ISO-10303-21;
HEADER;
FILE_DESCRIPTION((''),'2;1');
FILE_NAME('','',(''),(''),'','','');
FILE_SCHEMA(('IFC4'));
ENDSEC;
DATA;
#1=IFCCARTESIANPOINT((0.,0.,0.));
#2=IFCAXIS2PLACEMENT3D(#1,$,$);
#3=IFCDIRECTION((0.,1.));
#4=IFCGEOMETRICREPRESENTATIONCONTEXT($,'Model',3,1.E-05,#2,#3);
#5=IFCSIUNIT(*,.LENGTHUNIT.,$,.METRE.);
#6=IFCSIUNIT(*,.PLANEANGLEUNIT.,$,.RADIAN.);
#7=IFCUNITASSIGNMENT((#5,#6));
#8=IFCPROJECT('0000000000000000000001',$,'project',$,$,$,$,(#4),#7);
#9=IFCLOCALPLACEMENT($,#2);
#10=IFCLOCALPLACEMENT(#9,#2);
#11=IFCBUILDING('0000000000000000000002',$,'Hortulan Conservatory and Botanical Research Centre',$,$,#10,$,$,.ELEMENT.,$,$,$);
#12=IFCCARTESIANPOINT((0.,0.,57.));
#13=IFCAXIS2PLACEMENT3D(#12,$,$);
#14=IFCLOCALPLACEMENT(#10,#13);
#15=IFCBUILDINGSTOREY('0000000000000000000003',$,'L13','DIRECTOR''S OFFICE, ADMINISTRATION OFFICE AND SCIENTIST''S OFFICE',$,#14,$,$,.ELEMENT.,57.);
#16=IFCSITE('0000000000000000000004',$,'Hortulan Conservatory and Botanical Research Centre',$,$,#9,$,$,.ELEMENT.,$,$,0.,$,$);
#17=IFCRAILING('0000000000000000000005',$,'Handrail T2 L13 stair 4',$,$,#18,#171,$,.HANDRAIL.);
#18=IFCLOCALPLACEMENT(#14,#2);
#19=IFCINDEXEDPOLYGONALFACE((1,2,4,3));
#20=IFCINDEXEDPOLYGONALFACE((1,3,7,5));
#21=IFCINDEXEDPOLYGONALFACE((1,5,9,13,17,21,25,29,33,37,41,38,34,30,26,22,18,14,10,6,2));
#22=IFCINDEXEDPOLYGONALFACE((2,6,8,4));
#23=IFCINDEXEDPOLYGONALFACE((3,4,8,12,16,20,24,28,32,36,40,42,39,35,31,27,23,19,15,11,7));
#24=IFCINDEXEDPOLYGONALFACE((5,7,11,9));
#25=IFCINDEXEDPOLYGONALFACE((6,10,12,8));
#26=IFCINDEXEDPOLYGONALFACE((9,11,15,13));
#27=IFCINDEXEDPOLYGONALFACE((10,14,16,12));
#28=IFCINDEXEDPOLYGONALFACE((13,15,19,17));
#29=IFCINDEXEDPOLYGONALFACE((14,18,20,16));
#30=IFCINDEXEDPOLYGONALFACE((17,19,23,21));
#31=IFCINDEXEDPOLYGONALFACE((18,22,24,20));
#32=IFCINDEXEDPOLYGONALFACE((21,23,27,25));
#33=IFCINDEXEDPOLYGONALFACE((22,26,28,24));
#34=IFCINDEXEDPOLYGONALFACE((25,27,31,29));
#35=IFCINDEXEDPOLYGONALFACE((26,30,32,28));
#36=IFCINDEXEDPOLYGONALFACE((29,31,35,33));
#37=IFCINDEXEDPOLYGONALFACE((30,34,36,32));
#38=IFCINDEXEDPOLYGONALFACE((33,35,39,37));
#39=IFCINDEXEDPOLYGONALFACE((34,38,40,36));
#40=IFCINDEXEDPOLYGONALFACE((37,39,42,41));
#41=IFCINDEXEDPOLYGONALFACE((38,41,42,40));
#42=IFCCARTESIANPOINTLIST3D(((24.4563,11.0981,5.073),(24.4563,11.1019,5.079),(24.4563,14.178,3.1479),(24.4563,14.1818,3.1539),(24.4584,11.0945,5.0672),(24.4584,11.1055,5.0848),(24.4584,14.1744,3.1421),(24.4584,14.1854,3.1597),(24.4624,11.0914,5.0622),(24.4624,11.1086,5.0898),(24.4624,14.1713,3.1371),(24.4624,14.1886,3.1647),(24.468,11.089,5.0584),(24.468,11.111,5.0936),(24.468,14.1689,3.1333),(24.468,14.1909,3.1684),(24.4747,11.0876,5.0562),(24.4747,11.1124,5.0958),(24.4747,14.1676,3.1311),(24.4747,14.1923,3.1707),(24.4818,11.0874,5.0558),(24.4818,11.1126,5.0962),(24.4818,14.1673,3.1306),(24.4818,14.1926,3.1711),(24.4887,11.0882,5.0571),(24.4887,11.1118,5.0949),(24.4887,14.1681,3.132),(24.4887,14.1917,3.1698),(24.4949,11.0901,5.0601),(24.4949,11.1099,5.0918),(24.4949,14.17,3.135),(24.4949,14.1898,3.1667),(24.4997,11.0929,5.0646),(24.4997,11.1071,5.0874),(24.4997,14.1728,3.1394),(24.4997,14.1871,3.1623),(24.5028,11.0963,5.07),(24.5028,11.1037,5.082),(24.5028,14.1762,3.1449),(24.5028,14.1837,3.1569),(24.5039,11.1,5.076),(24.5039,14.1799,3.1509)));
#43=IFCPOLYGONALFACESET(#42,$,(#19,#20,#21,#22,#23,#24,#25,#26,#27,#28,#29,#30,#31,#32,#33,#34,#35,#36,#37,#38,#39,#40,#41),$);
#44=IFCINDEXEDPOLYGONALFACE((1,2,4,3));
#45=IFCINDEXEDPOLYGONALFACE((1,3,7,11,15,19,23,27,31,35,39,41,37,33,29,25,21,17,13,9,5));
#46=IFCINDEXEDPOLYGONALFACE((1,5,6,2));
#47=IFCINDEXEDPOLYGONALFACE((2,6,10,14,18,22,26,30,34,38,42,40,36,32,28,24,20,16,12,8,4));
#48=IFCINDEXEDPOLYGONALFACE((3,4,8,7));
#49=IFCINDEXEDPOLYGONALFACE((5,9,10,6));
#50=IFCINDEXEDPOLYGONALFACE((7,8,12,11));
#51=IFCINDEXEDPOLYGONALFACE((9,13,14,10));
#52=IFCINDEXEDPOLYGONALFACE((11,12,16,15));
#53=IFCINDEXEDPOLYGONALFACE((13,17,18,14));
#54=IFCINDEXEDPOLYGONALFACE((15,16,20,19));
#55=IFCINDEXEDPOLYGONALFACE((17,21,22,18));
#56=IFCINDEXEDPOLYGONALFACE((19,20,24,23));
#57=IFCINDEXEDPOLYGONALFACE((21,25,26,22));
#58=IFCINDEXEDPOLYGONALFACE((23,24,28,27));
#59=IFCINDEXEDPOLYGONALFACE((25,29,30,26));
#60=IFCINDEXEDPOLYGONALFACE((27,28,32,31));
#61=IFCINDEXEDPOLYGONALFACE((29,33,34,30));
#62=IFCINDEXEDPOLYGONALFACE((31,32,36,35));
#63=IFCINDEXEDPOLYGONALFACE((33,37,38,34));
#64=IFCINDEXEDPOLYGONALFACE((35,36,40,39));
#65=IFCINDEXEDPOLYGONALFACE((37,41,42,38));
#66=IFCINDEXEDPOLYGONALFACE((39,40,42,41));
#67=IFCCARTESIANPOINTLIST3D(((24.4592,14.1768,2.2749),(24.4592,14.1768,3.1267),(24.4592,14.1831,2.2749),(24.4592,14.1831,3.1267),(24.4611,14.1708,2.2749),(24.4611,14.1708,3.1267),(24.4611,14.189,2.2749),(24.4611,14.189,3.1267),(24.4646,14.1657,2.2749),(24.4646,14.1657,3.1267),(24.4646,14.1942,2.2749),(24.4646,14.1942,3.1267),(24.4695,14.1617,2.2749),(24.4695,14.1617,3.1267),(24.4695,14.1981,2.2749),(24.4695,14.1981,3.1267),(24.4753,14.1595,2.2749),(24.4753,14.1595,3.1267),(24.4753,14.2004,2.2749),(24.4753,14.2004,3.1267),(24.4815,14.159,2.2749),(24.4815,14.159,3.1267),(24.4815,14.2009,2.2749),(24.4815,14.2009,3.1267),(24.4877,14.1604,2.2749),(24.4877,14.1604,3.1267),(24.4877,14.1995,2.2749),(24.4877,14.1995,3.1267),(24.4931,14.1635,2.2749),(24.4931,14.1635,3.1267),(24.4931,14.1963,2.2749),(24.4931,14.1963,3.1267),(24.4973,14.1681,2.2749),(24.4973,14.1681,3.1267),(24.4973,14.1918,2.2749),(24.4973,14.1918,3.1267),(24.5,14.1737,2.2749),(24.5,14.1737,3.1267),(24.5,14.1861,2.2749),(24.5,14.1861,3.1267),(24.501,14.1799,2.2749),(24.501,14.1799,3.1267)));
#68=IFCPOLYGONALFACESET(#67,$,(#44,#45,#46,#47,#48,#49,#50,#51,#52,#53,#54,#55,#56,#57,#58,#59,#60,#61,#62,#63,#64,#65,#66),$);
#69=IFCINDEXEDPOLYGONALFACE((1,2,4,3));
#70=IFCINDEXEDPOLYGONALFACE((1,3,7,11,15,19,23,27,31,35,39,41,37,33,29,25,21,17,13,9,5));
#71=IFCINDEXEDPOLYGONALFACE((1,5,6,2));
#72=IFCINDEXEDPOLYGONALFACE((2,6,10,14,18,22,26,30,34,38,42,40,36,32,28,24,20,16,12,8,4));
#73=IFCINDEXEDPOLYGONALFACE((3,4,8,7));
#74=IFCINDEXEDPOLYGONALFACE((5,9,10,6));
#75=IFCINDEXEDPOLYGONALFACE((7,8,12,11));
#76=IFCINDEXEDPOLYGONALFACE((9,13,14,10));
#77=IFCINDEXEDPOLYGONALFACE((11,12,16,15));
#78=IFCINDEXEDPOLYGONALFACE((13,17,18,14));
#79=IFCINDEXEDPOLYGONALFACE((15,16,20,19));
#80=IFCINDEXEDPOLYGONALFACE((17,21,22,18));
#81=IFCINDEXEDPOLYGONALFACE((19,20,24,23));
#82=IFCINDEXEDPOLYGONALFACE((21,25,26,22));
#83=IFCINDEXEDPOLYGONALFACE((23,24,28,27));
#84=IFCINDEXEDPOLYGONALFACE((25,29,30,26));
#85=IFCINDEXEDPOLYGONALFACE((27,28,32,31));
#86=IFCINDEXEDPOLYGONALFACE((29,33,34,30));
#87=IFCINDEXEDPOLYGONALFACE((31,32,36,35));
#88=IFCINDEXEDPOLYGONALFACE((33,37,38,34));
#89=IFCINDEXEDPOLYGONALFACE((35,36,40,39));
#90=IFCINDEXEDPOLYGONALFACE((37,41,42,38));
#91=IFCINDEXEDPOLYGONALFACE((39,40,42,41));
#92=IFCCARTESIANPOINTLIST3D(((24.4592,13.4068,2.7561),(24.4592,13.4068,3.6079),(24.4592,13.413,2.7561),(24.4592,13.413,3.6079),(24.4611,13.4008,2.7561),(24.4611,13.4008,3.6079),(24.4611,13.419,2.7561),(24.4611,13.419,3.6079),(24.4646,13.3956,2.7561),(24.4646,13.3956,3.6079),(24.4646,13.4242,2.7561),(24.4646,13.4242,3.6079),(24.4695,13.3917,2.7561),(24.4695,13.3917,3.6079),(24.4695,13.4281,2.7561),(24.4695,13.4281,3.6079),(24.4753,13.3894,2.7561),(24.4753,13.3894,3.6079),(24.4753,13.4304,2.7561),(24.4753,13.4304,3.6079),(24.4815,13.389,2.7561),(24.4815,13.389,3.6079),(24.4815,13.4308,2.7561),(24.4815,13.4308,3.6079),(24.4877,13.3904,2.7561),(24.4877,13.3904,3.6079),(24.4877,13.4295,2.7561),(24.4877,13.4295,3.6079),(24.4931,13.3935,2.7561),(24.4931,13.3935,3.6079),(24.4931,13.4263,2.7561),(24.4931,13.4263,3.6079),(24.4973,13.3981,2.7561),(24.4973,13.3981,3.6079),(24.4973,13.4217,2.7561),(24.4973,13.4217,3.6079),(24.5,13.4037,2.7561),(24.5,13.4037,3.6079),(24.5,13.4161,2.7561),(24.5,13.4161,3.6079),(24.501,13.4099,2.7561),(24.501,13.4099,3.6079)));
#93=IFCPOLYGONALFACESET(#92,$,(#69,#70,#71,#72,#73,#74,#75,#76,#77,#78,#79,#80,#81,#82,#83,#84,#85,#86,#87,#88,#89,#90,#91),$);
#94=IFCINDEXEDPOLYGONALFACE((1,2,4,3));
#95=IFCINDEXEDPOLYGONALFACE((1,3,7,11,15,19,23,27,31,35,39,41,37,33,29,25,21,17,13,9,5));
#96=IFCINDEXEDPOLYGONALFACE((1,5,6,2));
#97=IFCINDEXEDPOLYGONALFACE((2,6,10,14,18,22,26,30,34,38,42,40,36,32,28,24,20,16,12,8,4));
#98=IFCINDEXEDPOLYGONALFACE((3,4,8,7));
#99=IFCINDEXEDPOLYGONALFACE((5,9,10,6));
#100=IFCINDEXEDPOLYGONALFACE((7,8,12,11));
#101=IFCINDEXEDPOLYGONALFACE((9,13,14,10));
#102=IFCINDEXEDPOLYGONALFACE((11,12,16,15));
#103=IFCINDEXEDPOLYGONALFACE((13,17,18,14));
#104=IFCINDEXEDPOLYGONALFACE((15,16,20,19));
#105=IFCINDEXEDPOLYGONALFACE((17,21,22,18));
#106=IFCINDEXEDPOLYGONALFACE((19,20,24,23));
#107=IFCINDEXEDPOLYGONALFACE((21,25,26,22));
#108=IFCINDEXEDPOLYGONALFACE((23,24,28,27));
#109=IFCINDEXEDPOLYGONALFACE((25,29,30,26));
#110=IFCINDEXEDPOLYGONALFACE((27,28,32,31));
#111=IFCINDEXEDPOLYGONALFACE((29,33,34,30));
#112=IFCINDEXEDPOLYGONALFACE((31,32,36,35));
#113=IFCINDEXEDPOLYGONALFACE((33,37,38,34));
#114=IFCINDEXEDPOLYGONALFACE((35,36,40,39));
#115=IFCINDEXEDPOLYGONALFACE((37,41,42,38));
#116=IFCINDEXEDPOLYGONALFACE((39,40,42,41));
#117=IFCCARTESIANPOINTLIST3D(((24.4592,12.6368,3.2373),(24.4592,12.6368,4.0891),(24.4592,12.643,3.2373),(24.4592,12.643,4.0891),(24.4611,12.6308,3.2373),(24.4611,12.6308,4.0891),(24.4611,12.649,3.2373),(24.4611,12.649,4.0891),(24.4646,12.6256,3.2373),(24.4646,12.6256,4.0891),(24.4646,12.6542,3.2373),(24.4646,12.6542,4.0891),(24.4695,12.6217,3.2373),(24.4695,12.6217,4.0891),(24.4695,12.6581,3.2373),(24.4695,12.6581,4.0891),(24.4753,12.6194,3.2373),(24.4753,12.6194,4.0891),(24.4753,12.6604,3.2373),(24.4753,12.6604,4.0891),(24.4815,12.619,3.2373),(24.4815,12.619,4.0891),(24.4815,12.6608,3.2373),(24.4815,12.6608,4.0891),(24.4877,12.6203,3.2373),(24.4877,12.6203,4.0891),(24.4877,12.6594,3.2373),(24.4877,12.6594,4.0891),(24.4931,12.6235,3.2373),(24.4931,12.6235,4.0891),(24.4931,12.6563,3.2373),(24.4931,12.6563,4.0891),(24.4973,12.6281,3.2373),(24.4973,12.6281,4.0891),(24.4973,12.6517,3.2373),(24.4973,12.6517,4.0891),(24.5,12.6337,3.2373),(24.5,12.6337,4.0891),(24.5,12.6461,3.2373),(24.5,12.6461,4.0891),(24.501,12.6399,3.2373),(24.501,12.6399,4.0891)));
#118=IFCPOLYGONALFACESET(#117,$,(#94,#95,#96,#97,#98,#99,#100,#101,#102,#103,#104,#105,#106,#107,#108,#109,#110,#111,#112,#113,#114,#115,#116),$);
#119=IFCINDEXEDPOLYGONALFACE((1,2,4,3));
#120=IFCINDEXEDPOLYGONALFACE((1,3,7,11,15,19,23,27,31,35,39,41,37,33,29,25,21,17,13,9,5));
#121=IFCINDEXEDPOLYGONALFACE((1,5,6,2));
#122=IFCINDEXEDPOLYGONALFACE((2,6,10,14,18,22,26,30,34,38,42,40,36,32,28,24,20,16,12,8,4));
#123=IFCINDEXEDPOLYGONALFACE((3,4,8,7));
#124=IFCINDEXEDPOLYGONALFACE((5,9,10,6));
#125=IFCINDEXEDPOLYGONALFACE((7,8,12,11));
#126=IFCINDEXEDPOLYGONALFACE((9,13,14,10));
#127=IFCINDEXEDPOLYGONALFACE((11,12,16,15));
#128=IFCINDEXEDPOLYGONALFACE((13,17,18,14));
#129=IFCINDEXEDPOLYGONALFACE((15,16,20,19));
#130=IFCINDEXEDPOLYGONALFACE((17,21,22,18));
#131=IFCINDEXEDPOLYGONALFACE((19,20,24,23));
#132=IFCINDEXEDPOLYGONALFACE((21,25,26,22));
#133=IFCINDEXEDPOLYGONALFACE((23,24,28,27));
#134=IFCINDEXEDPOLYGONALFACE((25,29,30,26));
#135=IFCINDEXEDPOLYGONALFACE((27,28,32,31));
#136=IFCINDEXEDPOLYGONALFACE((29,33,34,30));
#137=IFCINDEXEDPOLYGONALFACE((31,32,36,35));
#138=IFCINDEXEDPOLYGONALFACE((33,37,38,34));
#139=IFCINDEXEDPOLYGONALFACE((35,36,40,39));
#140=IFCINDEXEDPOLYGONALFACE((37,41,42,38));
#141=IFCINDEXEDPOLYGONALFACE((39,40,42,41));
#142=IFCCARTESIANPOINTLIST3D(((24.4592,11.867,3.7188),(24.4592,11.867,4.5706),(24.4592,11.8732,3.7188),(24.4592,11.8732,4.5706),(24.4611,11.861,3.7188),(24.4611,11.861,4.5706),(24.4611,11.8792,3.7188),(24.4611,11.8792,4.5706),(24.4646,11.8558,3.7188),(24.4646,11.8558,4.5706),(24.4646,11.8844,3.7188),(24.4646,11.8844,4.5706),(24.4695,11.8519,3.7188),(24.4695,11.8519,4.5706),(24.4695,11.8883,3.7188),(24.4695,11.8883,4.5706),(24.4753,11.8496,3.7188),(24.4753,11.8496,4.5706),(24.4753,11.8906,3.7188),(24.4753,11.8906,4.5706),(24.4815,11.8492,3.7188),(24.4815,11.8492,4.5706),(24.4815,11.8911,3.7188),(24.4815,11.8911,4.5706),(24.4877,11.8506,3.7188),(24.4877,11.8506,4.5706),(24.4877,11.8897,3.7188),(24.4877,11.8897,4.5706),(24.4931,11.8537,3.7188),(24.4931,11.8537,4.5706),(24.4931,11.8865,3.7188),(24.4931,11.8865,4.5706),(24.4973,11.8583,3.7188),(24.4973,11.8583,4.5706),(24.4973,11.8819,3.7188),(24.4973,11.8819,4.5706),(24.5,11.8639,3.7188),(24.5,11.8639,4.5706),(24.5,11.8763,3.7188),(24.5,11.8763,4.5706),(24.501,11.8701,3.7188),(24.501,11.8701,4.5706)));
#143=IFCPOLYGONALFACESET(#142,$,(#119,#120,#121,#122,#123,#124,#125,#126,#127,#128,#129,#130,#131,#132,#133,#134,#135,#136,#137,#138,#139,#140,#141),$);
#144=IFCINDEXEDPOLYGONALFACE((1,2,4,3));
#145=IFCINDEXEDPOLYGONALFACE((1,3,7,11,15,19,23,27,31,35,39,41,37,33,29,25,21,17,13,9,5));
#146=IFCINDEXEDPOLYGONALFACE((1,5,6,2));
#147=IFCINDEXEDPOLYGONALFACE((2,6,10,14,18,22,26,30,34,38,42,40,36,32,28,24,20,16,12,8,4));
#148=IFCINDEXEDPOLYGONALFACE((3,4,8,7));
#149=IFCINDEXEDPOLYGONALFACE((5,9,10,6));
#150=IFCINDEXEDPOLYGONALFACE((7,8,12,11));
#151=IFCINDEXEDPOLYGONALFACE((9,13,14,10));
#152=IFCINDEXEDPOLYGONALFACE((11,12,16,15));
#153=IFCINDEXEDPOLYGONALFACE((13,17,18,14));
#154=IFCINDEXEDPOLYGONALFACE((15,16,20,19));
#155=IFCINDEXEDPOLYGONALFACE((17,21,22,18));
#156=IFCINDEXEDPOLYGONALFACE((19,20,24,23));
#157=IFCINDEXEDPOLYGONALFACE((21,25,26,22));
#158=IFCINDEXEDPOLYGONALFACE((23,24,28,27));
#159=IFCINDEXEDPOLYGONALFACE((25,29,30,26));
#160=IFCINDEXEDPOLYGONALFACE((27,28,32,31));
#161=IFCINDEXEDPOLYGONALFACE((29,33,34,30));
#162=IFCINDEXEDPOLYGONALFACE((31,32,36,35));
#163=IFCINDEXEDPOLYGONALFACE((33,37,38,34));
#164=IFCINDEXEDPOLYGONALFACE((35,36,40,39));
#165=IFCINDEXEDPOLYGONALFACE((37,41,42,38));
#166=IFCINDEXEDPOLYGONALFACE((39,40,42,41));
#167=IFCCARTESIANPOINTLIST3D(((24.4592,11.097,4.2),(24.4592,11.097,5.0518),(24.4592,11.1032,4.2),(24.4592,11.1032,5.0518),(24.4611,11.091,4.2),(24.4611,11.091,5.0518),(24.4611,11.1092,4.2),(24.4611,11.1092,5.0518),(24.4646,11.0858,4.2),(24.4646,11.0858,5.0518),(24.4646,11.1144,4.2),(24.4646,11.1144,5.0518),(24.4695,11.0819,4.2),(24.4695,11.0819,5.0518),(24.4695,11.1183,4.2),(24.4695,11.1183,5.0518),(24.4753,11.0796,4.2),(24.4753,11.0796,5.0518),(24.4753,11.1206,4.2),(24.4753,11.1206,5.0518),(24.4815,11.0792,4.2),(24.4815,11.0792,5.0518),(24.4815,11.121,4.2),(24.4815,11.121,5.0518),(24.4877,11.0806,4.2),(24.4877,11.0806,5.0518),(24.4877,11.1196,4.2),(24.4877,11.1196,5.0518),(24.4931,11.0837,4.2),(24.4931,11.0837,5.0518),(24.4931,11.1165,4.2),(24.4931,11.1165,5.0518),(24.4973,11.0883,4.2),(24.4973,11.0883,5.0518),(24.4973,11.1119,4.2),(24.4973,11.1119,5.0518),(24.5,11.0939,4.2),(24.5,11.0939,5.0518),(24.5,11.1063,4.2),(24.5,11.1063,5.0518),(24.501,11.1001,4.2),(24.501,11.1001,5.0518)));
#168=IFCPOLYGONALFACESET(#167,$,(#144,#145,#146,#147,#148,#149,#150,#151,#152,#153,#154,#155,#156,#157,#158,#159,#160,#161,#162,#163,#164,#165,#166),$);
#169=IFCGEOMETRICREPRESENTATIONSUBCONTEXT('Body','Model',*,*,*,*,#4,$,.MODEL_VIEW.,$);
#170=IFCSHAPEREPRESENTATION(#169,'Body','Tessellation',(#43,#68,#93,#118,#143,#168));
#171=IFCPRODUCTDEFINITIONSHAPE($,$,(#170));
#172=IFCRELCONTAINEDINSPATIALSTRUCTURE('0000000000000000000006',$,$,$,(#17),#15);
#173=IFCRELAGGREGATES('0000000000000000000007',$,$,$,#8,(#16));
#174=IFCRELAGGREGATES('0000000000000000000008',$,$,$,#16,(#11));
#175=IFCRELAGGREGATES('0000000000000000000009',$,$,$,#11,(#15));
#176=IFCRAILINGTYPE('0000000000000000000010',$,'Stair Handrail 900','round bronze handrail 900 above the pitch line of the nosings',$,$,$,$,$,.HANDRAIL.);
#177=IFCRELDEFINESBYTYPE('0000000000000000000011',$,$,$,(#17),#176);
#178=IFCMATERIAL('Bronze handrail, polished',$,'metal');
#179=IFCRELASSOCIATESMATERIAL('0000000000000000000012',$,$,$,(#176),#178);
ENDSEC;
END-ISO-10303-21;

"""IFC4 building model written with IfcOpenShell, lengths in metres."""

from ifc_helpers import new_model, si_unit, direction, frame, origin, origin_2d, place, context, subcontext, project, spatial, circle, extrude, material, type_object, element, save


model = new_model("IFC4")

# Units and contexts
model_context = context("Model", 3, precision=1e-05, world=origin(), true_north=direction((0.0, 1.0)))
body_context = subcontext(model_context, "Body", "Model", "MODEL_VIEW")
ifc_project = project(units=[si_unit("LENGTHUNIT", "METRE"), si_unit("PLANEANGLEUNIT", "RADIAN")], contexts=[model_context])

# Site, building, storey
site_placement = place(None, origin())
site = spatial("IfcSite", under=ifc_project, at=site_placement, Name="Hortulan Conservatory and Botanical Research Centre", CompositionType="ELEMENT", RefElevation=0.0)
building_placement = place(site_placement, origin())
building = spatial("IfcBuilding", under=site, at=building_placement, Name="Hortulan Conservatory and Botanical Research Centre", CompositionType="ELEMENT")
storey_placement = place(building_placement, frame((0.0, 0.0, 57.0)))
storey = spatial("IfcBuildingStorey", under=building, at=storey_placement, Name="L13", Description="DIRECTOR'S OFFICE, ADMINISTRATION OFFICE AND SCIENTIST'S OFFICE", CompositionType="ELEMENT", Elevation=57.0)

# Railing
ifc_material_1 = material(Name="Bronze handrail, polished", Category="metal")
railing_type_1 = type_object("IfcRailingType", Name="Stair Handrail 900", Description="round bronze handrail 900 above the pitch line of the nosings", PredefinedType="HANDRAIL", material=ifc_material_1)
railing_1_placement = place(storey_placement, frame((24.48, 14.1799, 2.2749)))
element("IfcRailing", 1, at=railing_1_placement, inside=storey, type_object=railing_type_1, Name="Handrail T2 L13 stair 4", PredefinedType="HANDRAIL", context=body_context, shape_type="SweptSolid", body=[
    extrude(circle(Radius=0.0239, at=origin_2d()), frame((0.0, 0.0, 0.876), z_axis=(0.0, -0.847979, 0.530029), x_axis=(1.0, 0.0, 0.0)), (0.0, 0.0, 1.0), 3.6321),
    extrude(circle(Radius=0.021, at=origin_2d()), origin(), (0.0, 0.0, 1.0), 0.8518),
    extrude(circle(Radius=0.021, at=origin_2d()), frame((0.0, -0.77, 0.4812)), (0.0, 0.0, 1.0), 0.8518),
    extrude(circle(Radius=0.021, at=origin_2d()), frame((0.0, -1.54, 0.9624)), (0.0, 0.0, 1.0), 0.8518),
    extrude(circle(Radius=0.021, at=origin_2d()), frame((0.0, -2.3098, 1.4438)), (0.0, 0.0, 1.0), 0.8518),
    extrude(circle(Radius=0.021, at=origin_2d()), frame((0.0, -3.0798, 1.925)), (0.0, 0.0, 1.0), 0.8518),
])

save(model, "model.ifc")
